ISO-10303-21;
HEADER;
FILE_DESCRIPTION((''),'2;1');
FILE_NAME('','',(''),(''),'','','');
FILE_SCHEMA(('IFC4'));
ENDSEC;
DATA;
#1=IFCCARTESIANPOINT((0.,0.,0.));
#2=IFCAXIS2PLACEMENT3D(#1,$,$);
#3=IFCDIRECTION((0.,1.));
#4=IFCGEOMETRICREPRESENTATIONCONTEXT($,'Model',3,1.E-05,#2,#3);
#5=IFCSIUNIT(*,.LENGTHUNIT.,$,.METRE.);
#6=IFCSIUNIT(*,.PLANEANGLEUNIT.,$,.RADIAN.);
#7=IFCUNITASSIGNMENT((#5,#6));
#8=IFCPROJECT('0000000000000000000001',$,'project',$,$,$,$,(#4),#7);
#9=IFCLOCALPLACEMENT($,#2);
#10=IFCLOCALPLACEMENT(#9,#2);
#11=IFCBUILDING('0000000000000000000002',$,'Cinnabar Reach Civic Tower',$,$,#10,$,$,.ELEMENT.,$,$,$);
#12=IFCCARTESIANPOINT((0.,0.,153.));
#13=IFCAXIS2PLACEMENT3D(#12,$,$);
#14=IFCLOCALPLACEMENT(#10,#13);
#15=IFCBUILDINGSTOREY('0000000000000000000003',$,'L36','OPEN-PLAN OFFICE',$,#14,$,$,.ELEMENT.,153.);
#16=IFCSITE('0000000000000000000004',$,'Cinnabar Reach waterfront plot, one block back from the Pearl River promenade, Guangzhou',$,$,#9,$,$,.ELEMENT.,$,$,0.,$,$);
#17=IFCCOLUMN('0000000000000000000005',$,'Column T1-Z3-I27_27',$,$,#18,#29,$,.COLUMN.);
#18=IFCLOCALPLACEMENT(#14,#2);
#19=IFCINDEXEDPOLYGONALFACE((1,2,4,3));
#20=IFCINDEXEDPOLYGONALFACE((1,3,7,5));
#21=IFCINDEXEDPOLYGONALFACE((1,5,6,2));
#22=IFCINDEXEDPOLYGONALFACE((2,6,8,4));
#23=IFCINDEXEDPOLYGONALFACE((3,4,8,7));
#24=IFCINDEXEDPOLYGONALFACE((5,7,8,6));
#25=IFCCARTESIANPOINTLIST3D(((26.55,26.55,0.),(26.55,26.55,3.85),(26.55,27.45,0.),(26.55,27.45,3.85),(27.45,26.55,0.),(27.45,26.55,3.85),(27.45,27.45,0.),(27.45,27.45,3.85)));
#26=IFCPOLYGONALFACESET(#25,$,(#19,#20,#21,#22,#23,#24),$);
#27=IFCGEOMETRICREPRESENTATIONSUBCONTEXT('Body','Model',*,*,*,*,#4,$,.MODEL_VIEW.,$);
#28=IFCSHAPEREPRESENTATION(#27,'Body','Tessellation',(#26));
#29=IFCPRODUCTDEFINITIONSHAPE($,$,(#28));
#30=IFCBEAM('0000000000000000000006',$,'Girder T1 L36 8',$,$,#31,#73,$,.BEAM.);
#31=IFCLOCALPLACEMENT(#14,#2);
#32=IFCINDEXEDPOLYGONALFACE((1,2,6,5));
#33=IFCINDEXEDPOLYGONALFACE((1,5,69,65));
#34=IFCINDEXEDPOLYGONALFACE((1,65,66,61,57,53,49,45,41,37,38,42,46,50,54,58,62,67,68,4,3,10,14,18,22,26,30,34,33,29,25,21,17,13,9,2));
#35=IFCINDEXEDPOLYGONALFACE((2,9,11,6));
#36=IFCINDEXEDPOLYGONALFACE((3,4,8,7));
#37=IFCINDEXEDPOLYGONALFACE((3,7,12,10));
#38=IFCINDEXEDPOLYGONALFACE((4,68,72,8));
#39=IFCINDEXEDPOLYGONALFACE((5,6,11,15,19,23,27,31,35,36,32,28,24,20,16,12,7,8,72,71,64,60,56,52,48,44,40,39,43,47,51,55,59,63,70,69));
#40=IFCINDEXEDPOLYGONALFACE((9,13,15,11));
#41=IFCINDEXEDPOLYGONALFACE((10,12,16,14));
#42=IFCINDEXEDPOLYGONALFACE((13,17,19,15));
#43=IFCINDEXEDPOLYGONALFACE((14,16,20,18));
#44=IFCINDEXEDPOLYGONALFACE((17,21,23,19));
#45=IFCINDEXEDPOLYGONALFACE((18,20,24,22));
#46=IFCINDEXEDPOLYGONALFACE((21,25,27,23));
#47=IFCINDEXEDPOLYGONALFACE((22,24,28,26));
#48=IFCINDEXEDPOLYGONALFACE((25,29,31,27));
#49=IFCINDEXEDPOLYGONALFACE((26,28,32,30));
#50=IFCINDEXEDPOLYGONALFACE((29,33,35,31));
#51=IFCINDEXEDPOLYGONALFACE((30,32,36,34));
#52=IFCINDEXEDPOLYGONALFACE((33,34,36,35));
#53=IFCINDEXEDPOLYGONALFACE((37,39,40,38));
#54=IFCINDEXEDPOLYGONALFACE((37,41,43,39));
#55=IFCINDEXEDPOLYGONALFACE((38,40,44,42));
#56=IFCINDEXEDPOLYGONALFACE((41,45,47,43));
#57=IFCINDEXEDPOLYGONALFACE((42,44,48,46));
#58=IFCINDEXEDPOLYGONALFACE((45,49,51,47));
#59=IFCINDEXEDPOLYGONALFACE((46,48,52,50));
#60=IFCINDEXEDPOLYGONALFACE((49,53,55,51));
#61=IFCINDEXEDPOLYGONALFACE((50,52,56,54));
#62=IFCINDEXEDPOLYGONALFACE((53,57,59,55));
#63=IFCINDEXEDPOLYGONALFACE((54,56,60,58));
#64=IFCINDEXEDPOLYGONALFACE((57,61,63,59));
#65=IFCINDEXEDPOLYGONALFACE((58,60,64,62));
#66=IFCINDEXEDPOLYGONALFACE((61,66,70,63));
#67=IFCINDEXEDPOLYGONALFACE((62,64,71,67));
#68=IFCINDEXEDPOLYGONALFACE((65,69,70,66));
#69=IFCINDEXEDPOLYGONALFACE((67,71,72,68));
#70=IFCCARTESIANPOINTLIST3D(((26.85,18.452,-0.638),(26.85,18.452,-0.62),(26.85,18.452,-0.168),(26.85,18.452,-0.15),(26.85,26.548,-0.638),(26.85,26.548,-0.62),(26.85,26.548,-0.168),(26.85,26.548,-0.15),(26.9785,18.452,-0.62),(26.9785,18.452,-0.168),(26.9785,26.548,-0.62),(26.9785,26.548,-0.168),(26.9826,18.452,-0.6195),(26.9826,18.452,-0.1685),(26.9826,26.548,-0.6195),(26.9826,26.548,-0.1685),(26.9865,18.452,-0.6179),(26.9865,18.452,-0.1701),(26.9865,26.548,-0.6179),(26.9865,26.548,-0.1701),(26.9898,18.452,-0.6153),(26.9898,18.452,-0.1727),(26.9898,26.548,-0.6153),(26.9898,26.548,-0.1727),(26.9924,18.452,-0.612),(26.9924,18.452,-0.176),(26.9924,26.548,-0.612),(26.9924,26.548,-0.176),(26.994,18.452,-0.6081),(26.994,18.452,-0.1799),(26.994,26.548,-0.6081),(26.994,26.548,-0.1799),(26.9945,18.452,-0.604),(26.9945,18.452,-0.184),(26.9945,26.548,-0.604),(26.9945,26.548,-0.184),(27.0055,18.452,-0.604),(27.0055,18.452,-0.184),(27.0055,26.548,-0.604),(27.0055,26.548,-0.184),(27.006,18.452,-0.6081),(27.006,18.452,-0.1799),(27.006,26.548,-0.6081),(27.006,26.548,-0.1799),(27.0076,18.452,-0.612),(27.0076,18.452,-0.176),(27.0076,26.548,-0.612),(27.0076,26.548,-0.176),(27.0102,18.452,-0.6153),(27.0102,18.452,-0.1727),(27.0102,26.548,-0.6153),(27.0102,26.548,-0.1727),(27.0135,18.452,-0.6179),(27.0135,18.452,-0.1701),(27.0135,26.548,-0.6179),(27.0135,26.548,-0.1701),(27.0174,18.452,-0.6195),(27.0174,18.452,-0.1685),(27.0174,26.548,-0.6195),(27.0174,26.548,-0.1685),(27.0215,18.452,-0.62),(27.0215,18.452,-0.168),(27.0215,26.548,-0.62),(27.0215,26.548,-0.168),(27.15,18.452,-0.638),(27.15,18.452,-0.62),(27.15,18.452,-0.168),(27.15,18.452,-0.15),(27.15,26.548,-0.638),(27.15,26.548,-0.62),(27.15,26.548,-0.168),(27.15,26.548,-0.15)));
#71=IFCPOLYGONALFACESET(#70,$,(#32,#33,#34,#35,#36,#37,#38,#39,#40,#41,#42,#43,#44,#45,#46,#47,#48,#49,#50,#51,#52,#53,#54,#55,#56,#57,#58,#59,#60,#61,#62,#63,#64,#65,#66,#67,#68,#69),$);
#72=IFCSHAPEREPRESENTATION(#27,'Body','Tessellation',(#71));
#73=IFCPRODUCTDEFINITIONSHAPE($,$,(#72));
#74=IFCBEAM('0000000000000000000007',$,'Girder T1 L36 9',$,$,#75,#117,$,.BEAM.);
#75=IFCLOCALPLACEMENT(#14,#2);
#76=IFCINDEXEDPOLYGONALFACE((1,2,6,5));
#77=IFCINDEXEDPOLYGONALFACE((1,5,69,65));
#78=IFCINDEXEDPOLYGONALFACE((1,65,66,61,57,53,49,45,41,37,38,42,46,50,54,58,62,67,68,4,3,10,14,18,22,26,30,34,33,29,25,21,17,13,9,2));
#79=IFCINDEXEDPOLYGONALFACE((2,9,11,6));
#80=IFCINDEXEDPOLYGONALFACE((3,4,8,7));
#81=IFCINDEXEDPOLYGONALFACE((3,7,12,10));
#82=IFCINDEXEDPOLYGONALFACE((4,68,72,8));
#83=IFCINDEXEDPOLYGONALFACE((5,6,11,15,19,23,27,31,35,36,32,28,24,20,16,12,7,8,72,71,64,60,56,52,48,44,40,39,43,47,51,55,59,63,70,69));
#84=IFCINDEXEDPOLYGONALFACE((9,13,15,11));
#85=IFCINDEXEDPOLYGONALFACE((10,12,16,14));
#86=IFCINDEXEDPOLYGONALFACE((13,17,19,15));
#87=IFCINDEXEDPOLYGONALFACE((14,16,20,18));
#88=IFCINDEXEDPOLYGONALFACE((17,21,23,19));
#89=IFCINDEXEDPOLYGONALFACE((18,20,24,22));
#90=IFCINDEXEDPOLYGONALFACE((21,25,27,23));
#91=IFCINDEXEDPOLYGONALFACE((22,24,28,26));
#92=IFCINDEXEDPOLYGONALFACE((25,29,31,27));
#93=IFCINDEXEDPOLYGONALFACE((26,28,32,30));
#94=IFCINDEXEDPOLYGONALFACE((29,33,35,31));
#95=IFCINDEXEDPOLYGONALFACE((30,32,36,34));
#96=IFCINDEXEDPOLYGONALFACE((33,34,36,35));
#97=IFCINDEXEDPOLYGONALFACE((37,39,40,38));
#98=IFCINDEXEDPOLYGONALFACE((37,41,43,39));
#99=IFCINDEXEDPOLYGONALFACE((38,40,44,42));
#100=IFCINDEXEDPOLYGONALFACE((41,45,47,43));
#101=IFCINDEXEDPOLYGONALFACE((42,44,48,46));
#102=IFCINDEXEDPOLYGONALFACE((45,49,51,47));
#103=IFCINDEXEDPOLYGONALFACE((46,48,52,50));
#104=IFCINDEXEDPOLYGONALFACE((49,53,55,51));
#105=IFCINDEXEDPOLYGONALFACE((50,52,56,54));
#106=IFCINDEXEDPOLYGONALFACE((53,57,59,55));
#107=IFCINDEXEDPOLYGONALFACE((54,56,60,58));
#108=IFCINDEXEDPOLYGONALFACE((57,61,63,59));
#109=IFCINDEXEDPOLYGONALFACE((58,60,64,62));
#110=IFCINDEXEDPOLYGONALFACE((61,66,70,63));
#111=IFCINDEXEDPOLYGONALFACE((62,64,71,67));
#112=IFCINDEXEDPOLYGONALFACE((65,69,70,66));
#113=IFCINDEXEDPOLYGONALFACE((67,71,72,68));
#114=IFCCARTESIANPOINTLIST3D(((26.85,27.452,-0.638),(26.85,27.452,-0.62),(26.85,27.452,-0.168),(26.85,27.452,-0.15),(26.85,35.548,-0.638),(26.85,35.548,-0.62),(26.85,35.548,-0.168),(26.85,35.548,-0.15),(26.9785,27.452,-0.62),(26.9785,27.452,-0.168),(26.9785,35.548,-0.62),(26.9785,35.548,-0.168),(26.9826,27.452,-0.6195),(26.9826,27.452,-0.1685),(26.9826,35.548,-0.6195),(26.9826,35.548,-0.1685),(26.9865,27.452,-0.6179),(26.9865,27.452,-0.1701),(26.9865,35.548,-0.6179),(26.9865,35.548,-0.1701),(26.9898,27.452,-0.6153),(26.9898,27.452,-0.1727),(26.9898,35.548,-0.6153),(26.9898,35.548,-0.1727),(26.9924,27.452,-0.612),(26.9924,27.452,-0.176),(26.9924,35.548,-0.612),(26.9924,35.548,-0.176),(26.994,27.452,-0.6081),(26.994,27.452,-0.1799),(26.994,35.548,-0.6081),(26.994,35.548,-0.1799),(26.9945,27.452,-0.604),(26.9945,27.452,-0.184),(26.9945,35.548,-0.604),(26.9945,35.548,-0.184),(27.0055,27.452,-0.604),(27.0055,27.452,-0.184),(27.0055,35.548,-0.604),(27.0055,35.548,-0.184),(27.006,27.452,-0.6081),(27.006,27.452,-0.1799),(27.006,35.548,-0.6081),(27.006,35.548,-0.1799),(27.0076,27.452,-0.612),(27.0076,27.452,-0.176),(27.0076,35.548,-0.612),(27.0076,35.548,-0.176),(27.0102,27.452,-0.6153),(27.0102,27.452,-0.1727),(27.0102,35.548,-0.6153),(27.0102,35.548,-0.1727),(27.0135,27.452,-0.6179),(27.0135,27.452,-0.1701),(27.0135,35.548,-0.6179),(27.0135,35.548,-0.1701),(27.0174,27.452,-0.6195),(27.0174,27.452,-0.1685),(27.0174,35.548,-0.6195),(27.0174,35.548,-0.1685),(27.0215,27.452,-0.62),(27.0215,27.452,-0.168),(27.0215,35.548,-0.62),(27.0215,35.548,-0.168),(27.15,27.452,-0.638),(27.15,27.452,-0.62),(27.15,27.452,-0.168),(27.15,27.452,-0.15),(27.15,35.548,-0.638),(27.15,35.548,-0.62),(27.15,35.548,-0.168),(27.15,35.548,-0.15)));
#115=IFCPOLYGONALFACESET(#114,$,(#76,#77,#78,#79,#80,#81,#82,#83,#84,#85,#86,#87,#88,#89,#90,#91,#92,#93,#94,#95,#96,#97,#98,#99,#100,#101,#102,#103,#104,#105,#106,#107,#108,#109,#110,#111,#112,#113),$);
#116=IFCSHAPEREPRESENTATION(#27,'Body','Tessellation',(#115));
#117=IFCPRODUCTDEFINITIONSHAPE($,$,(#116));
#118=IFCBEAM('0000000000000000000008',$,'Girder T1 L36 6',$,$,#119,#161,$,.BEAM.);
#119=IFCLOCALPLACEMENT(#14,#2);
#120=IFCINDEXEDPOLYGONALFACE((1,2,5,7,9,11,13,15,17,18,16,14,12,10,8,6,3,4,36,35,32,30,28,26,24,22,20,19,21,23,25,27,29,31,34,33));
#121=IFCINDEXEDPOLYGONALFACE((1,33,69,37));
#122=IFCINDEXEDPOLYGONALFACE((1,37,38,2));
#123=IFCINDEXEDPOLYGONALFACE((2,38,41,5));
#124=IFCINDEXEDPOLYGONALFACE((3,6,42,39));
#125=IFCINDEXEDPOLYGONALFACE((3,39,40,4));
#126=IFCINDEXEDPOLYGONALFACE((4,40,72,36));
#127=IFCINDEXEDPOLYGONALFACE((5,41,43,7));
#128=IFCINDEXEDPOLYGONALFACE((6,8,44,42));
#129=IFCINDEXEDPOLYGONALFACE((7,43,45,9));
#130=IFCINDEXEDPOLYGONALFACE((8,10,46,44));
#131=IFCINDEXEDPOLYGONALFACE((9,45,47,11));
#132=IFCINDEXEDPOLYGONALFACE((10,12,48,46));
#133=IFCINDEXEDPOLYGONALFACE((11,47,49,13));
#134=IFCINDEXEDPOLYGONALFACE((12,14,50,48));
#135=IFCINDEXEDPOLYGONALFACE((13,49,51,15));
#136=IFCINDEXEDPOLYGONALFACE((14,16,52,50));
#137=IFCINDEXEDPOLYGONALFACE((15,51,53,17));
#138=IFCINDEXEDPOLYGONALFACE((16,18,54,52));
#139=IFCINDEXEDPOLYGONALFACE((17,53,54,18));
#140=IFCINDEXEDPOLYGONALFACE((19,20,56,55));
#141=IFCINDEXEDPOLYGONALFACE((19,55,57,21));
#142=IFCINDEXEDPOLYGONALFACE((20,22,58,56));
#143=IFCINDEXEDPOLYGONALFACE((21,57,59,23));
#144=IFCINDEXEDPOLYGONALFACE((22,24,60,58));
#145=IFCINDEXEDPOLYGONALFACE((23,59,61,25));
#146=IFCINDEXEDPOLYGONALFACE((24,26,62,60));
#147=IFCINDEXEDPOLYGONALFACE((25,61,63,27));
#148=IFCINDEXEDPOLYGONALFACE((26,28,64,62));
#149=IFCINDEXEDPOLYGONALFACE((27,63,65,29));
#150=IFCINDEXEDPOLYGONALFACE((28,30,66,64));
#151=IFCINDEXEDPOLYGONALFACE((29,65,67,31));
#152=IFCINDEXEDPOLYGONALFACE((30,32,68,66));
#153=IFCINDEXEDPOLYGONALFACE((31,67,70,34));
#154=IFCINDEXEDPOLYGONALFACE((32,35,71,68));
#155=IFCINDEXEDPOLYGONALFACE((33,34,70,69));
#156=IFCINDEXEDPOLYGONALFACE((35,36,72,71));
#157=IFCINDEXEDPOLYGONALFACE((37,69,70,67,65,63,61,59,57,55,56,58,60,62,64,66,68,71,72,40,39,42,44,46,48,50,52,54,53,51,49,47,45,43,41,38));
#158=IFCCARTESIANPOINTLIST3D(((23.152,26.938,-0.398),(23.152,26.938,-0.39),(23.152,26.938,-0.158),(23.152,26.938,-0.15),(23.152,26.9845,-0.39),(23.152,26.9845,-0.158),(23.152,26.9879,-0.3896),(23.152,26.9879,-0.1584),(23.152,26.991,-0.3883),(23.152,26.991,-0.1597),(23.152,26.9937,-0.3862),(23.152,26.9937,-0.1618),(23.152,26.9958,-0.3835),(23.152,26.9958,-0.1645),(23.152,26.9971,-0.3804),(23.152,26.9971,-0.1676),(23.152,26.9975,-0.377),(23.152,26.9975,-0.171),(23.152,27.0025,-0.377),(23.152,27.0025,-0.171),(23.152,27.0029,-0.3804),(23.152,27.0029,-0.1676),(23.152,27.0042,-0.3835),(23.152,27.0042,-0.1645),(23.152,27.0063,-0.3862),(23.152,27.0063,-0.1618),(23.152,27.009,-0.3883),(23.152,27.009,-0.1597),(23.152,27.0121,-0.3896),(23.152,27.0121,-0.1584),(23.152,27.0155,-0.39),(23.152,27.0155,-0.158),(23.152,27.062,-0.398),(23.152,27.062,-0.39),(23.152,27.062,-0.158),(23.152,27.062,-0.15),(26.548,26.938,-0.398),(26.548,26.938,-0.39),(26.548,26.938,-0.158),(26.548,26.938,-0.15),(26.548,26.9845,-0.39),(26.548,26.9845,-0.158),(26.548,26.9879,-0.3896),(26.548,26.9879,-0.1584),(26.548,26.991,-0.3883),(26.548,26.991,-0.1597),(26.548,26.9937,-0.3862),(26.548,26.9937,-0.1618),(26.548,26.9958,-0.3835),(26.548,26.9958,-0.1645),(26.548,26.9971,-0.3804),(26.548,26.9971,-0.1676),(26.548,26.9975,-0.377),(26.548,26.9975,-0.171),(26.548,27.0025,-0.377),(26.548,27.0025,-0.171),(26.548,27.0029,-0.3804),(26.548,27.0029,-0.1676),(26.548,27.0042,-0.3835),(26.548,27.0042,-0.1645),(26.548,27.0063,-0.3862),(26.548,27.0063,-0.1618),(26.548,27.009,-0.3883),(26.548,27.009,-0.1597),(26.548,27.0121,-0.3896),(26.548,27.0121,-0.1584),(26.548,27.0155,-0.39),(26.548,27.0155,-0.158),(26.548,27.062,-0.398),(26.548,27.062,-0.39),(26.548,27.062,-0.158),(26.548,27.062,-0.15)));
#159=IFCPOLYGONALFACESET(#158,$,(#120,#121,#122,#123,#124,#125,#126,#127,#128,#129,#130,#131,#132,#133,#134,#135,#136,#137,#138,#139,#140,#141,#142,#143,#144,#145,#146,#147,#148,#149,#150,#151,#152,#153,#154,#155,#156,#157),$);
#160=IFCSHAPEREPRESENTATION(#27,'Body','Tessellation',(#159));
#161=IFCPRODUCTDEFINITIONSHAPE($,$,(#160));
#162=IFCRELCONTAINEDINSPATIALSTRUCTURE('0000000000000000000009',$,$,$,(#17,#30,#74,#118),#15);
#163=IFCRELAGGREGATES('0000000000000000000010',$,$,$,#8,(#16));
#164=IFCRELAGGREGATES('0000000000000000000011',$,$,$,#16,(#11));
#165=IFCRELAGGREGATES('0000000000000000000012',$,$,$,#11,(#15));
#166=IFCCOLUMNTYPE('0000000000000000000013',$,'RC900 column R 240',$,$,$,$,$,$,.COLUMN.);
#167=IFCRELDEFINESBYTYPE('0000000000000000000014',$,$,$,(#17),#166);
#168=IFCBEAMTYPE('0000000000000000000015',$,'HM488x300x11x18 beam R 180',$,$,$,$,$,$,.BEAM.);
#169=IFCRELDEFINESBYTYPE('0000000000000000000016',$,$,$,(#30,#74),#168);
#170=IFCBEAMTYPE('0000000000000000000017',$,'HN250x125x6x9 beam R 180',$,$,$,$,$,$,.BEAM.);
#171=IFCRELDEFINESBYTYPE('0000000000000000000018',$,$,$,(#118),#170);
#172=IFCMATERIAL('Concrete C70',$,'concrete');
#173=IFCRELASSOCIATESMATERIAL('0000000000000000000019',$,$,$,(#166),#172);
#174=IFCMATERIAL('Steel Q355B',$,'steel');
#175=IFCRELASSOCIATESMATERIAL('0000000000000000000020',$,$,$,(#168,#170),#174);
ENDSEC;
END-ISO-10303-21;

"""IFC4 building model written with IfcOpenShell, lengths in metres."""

from ifc_helpers import new_model, si_unit, direction, frame, origin, origin_2d, place, context, subcontext, project, spatial, rectangle, i_section, extrude, material, material_profile, profile_set, type_object, element, save


model = new_model("IFC4")

# Units and contexts
model_context = context("Model", 3, precision=1e-05, world=origin(), true_north=direction((0.0, 1.0)))
body_context = subcontext(model_context, "Body", "Model", "MODEL_VIEW")
ifc_project = project(units=[si_unit("LENGTHUNIT", "METRE"), si_unit("PLANEANGLEUNIT", "RADIAN")], contexts=[model_context])

# Site, building, storey
site_placement = place(None, origin())
site = spatial("IfcSite", under=ifc_project, at=site_placement, Name="Cinnabar Reach waterfront plot, one block back from the Pearl River promenade, Guangzhou", CompositionType="ELEMENT", RefElevation=0.0)
building_placement = place(site_placement, origin())
building = spatial("IfcBuilding", under=site, at=building_placement, Name="Cinnabar Reach Civic Tower", CompositionType="ELEMENT")
storey_placement = place(building_placement, frame((0.0, 0.0, 153.0)))
storey = spatial("IfcBuildingStorey", under=building, at=storey_placement, Name="L36", Description="OPEN-PLAN OFFICE", CompositionType="ELEMENT", Elevation=153.0)

# Column
ifc_material_1 = material(Name="Concrete C70", Category="concrete")
ifc_material_profile_1 = material_profile(ifc_material_1, rectangle(XDim=0.9, YDim=0.9, at=origin_2d()), Name="RC900")
ifc_profile_set_1 = profile_set([ifc_material_profile_1], Name="Concrete C70")
column_type = type_object("IfcColumnType", Name="RC900 column R 240", PredefinedType="COLUMN", material=ifc_profile_set_1)
column_placement = place(storey_placement, frame((27.0, 27.0, 0.0), z_axis=(0.0, 0.0, 1.0), x_axis=(1.0, 0.0, 0.0)))
element("IfcColumn", 1, at=column_placement, inside=storey, type_object=column_type, Name="Column T1-Z3-I27_27", PredefinedType="COLUMN", context=body_context, shape_type="SweptSolid", body=[
    extrude(rectangle(XDim=0.9, YDim=0.9, at=origin_2d()), origin(), (0.0, 0.0, 1.0), 3.85),
])

# Beams
ifc_material_2 = material(Name="Steel Q355B", Category="steel")
ifc_material_profile_2 = material_profile(ifc_material_2, i_section(OverallWidth=0.3, OverallDepth=0.488, WebThickness=0.011, FlangeThickness=0.018, FilletRadius=0.016, at=origin_2d()), Name="HM488x300x11x18")
ifc_profile_set_2 = profile_set([ifc_material_profile_2], Name="Steel Q355B")
beam_type_1 = type_object("IfcBeamType", Name="HM488x300x11x18 beam R 180", PredefinedType="BEAM", material=ifc_profile_set_2)
for number, where, z_axis, x_axis, name in (
    (2, (27.0, 18.452, -0.394), (0.0, 1.0, 0.0), (-1.0, 0.0, 0.0), "Girder T1 L36 8"),
    (3, (27.0, 27.452, -0.394), (0.0, 1.0, 0.0), (-1.0, 0.0, 0.0), "Girder T1 L36 9"),
):
    element("IfcBeam", number, at=place(storey_placement, frame(where, z_axis=z_axis, x_axis=x_axis)), inside=storey, type_object=beam_type_1, Name=name, PredefinedType="BEAM", context=body_context, shape_type="SweptSolid", body=[
        extrude(i_section(OverallWidth=0.3, OverallDepth=0.488, WebThickness=0.011, FlangeThickness=0.018, FilletRadius=0.016, at=origin_2d()), origin(), (0.0, 0.0, 1.0), 8.096),
    ])
ifc_material_profile_3 = material_profile(ifc_material_2, i_section(OverallWidth=0.124, OverallDepth=0.248, WebThickness=0.005, FlangeThickness=0.008, FilletRadius=0.013, at=origin_2d()), Name="HN250x125x6x9")
ifc_profile_set_3 = profile_set([ifc_material_profile_3], Name="Steel Q355B")
beam_type_2 = type_object("IfcBeamType", Name="HN250x125x6x9 beam R 180", PredefinedType="BEAM", material=ifc_profile_set_3)
beam_1_placement = place(storey_placement, frame((23.152, 27.0, -0.274), z_axis=(1.0, 0.0, 0.0), x_axis=(0.0, 1.0, 0.0)))
element("IfcBeam", 4, at=beam_1_placement, inside=storey, type_object=beam_type_2, Name="Girder T1 L36 6", PredefinedType="BEAM", context=body_context, shape_type="SweptSolid", body=[
    extrude(i_section(OverallWidth=0.124, OverallDepth=0.248, WebThickness=0.005, FlangeThickness=0.008, FilletRadius=0.013, at=origin_2d()), origin(), (0.0, 0.0, 1.0), 3.396),
])

save(model, "model.ifc")
